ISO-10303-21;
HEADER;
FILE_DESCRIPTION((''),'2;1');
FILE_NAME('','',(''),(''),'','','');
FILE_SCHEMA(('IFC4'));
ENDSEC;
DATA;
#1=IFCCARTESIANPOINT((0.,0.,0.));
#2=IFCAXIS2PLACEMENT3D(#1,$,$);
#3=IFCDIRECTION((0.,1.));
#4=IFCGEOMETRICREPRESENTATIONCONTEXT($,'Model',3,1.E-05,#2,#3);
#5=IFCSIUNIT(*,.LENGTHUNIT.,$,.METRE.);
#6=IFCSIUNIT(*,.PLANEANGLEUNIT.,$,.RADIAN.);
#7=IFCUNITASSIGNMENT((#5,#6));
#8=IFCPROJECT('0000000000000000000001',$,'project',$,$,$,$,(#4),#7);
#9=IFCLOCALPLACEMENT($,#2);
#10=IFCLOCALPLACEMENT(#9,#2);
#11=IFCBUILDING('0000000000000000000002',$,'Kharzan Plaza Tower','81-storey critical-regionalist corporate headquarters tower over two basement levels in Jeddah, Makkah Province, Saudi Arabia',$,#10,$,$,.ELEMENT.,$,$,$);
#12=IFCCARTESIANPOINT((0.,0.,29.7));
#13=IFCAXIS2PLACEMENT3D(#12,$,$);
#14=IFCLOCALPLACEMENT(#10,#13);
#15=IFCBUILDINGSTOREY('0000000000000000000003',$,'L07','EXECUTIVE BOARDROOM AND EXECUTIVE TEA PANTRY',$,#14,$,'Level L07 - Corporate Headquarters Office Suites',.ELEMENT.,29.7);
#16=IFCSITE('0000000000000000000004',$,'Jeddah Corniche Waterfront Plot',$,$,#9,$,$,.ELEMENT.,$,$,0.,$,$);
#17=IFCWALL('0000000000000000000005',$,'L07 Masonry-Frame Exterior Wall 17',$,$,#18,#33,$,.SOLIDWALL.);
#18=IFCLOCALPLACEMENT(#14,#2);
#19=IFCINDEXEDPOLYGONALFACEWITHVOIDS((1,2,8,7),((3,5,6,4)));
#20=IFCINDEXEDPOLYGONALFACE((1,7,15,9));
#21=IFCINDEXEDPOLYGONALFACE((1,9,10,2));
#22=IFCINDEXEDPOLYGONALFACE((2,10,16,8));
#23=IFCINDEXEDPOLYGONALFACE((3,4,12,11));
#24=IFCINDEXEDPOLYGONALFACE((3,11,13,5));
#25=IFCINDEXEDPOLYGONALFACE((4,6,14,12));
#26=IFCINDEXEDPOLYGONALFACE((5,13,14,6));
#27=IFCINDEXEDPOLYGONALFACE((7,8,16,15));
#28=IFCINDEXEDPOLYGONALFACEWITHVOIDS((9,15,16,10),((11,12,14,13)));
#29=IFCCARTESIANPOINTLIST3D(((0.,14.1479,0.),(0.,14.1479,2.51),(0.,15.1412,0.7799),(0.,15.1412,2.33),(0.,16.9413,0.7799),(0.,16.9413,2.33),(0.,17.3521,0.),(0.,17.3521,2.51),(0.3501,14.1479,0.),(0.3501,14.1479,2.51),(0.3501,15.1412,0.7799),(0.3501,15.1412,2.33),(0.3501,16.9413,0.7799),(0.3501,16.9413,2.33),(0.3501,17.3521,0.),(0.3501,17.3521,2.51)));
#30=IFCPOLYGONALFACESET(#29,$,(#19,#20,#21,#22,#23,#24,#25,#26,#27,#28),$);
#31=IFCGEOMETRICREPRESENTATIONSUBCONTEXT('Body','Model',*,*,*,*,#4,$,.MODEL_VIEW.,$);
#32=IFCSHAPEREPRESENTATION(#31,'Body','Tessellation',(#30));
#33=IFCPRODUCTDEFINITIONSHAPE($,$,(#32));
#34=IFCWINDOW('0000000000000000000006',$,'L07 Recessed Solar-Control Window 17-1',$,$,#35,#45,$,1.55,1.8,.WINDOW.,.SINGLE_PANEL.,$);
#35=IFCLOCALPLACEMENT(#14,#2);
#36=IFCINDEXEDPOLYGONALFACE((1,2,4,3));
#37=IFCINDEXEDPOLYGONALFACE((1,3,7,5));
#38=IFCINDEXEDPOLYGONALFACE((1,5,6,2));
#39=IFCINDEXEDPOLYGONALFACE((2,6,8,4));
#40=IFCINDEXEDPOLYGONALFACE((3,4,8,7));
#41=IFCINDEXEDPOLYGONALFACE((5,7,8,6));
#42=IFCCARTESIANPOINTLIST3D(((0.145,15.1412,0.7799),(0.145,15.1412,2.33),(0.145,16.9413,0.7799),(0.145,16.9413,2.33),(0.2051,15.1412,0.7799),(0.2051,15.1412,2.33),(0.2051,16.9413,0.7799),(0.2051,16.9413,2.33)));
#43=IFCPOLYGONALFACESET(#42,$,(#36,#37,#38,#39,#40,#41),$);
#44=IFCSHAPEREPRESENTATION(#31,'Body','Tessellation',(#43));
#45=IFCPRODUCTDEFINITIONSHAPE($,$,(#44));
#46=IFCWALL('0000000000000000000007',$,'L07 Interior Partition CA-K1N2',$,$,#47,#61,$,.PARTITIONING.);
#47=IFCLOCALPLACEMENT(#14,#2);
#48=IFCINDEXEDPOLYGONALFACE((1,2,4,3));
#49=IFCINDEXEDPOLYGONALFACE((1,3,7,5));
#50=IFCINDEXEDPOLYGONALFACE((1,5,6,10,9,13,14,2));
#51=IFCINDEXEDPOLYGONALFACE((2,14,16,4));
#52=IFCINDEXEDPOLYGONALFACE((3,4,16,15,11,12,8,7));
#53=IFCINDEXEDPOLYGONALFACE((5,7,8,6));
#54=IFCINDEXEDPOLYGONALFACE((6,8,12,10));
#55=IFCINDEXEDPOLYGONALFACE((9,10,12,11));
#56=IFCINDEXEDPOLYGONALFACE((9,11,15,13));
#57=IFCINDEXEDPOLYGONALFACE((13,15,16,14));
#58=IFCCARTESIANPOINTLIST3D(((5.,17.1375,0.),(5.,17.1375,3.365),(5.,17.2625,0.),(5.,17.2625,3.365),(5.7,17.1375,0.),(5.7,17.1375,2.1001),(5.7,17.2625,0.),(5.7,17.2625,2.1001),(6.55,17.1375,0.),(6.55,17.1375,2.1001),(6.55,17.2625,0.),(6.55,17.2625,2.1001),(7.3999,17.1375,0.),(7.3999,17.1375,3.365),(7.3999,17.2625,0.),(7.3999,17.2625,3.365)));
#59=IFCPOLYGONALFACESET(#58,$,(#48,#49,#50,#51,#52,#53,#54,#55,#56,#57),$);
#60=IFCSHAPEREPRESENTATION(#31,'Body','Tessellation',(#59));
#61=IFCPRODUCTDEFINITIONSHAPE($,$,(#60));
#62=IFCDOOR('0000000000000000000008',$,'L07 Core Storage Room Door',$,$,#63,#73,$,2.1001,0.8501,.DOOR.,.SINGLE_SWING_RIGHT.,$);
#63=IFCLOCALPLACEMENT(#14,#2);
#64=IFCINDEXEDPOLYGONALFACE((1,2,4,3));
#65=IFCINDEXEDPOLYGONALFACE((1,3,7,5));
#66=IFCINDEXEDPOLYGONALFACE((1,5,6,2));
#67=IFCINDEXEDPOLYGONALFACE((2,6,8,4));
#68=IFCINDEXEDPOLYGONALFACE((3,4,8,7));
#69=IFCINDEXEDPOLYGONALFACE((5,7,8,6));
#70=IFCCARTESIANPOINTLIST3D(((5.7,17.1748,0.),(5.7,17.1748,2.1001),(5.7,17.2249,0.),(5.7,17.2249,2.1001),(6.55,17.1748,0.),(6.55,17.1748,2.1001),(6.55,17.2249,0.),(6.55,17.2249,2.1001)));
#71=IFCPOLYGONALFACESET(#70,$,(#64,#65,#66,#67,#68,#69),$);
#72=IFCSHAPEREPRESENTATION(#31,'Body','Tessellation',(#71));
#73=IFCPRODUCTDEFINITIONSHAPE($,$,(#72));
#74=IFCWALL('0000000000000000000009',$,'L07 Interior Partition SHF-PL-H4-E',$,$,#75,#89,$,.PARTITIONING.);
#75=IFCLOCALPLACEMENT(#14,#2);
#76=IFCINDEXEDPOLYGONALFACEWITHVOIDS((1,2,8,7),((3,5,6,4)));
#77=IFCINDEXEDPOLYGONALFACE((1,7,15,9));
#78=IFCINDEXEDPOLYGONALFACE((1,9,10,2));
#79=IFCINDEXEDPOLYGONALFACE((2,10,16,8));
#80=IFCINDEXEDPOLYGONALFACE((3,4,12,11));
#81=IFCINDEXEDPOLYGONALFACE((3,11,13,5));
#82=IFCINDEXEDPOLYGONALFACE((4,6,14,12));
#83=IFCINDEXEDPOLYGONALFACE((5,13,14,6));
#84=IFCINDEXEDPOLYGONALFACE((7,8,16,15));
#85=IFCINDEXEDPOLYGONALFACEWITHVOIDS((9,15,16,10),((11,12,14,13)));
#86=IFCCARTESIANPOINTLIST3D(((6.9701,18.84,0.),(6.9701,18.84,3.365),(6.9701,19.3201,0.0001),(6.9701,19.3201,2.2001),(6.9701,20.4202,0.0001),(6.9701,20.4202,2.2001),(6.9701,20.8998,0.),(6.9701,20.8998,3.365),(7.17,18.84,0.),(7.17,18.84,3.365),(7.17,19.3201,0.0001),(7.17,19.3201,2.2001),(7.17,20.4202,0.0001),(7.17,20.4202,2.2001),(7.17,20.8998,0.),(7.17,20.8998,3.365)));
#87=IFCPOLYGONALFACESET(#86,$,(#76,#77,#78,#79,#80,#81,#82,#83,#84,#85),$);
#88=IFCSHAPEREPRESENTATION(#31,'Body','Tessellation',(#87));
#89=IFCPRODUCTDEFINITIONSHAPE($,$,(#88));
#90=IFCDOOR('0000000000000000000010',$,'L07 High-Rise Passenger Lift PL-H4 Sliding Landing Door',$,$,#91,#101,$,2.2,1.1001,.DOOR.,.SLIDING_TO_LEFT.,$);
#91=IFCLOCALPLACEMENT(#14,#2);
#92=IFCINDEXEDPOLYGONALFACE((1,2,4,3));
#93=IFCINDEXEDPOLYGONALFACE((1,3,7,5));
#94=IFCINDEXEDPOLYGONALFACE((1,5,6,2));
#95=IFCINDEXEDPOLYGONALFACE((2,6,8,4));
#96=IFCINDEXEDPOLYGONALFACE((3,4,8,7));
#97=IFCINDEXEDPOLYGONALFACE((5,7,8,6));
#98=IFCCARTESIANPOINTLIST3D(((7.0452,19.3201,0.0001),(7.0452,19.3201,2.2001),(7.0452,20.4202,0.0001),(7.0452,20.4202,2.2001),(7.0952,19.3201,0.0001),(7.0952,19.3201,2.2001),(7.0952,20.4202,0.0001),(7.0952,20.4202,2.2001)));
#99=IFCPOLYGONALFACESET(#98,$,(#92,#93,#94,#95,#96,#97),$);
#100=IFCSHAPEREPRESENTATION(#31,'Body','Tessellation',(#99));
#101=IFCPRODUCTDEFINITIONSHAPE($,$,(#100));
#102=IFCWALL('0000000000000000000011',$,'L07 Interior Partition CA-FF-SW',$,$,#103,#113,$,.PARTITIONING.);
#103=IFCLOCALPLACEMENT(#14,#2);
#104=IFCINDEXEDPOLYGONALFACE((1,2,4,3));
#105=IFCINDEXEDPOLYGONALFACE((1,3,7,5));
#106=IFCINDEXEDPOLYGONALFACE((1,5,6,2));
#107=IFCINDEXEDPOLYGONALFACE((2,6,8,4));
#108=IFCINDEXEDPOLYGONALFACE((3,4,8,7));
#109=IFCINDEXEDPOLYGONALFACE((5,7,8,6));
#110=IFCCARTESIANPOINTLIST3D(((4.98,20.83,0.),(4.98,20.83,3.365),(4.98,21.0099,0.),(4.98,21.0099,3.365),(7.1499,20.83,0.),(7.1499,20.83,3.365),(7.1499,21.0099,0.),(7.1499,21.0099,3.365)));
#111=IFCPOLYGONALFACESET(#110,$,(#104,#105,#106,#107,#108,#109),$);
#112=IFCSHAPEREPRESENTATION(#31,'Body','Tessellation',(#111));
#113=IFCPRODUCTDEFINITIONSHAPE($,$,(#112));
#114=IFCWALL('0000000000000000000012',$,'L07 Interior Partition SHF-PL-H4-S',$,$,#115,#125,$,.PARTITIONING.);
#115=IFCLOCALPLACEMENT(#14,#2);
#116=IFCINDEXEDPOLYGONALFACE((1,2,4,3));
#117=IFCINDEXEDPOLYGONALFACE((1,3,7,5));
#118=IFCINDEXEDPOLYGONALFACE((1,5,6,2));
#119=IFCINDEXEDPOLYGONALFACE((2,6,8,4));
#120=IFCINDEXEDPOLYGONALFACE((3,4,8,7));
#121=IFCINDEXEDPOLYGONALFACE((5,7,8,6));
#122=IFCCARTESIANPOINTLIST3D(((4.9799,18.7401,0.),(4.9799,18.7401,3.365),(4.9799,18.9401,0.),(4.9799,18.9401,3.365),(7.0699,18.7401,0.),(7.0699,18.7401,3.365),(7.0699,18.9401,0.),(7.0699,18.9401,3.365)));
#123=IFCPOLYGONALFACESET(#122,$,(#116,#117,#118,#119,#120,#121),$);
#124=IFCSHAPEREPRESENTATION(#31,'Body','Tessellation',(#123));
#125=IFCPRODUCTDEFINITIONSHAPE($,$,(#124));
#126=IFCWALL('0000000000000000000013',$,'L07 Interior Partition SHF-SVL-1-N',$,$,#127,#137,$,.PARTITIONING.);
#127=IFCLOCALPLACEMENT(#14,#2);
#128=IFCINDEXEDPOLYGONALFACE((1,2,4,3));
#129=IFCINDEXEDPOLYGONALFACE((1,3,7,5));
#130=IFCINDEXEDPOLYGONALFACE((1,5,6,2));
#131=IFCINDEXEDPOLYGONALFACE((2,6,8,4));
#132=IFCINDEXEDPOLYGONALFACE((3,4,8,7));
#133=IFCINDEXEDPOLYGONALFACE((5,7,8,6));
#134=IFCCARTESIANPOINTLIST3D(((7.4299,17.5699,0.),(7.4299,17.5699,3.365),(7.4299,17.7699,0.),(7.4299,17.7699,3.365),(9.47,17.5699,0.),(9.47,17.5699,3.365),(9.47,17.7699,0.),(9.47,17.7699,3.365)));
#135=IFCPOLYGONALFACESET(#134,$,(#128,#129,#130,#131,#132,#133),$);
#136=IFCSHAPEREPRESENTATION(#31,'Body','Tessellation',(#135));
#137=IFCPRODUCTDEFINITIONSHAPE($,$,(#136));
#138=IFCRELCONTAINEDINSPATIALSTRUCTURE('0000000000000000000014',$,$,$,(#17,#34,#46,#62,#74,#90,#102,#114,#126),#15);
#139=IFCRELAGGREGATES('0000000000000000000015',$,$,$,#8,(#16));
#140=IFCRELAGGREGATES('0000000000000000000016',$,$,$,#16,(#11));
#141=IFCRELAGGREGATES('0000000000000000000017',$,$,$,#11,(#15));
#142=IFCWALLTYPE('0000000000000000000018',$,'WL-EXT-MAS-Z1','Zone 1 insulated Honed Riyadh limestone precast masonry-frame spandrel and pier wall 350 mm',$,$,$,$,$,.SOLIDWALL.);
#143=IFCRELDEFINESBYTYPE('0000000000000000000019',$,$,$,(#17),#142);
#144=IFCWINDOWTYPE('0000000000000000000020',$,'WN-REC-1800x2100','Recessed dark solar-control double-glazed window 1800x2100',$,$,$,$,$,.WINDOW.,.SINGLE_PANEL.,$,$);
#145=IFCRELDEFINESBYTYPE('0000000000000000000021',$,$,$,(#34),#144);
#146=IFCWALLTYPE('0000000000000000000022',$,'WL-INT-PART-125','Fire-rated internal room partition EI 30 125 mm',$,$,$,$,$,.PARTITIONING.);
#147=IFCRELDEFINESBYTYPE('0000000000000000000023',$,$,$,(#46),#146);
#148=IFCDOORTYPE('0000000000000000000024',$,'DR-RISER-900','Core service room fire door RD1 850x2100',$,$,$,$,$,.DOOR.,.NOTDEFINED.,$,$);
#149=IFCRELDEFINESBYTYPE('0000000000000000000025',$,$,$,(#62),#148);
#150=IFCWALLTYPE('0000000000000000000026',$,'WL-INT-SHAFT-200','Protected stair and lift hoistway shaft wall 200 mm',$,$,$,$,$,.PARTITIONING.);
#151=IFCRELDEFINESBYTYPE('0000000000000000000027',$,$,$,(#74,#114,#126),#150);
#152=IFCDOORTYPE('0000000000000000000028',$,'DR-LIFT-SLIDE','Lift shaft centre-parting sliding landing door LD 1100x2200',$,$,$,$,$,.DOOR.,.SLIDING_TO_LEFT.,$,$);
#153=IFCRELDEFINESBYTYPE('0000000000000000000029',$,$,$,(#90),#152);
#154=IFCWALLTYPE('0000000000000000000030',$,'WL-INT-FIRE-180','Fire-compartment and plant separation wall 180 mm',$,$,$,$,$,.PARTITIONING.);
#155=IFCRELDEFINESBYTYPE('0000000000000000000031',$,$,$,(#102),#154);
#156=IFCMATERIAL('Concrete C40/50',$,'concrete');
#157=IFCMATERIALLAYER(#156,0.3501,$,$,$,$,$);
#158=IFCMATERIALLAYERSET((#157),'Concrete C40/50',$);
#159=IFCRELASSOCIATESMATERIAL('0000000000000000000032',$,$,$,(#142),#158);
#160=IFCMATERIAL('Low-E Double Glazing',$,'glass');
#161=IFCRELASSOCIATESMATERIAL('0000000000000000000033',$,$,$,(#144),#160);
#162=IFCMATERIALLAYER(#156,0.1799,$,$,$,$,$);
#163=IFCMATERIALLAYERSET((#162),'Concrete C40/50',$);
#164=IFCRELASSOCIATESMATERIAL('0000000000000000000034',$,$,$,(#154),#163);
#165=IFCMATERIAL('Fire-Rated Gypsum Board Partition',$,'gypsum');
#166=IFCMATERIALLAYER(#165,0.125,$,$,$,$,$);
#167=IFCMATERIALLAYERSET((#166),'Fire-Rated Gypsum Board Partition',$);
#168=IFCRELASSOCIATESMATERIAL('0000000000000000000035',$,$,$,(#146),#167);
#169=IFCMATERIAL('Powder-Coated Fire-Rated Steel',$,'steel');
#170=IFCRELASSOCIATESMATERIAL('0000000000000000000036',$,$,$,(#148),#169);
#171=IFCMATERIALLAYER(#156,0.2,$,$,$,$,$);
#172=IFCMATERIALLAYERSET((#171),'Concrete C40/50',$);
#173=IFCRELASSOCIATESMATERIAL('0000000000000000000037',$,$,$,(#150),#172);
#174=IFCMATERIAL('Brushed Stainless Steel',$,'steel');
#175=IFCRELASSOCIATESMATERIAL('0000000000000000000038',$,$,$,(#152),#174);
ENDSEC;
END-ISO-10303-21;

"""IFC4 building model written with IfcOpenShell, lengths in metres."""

from ifc_helpers import new_model, si_unit, direction, frame, frame_2d, origin, place, context, subcontext, project, spatial, rectangle, extrude, source, transform, mapped, material, layer, layer_set, type_object, element, fill, save


model = new_model("IFC4")

# Units and contexts
model_context = context("Model", 3, precision=1e-05, world=origin(), true_north=direction((0.0, 1.0)))
body_context = subcontext(model_context, "Body", "Model", "MODEL_VIEW")
ifc_project = project(units=[si_unit("LENGTHUNIT", "METRE"), si_unit("PLANEANGLEUNIT", "RADIAN")], contexts=[model_context])

# Site, building, storey
site_placement = place(None, origin())
site = spatial("IfcSite", under=ifc_project, at=site_placement, Name="Jeddah Corniche Waterfront Plot", CompositionType="ELEMENT", RefElevation=0.0)
building_placement = place(site_placement, origin())
building = spatial("IfcBuilding", under=site, at=building_placement, Name="Kharzan Plaza Tower", Description="81-storey critical-regionalist corporate headquarters tower over two basement levels in Jeddah, Makkah Province, Saudi Arabia", CompositionType="ELEMENT")
storey_placement = place(building_placement, frame((0.0, 0.0, 29.7)))
storey = spatial("IfcBuildingStorey", under=building, at=storey_placement, Name="L07", Description="EXECUTIVE BOARDROOM AND EXECUTIVE TEA PANTRY", LongName="Level L07 - Corporate Headquarters Office Suites", CompositionType="ELEMENT", Elevation=29.7)

# Wall, opening, window
ifc_material_1 = material(Name="Concrete C40/50", Category="concrete")
ifc_layer_1 = layer(ifc_material_1, 0.3501)
ifc_layer_set_1 = layer_set([ifc_layer_1], Name="Concrete C40/50")
wall_type_1 = type_object("IfcWallType", Name="WL-EXT-MAS-Z1", Description="Zone 1 insulated Honed Riyadh limestone precast masonry-frame spandrel and pier wall 350 mm", PredefinedType="SOLIDWALL", material=ifc_layer_set_1)
ifc_material_2 = material(Name="Low-E Double Glazing", Category="glass")
window_type = type_object("IfcWindowType", Name="WN-REC-1800x2100", Description="Recessed dark solar-control double-glazed window 1800x2100", PartitioningType="SINGLE_PANEL", PredefinedType="WINDOW", material=ifc_material_2)
shared_shape_1 = source(origin(), body_context, "Body", "SweptSolid", [
    extrude(rectangle(XDim=1.8, YDim=1.55, at=frame_2d((0.8999, 0.7749))), frame((0.0, 0.03, 0.0), z_axis=(0.0, -1.0, 0.0), x_axis=(1.0, 0.0, 0.0)), (0.0, 0.0, 1.0), 0.0601),
])
wall_1_placement = place(storey_placement, frame((0.175, 17.3521, 0.0), z_axis=(0.0, 0.0, 1.0), x_axis=(0.0, -1.0, 0.0)))
wall_1 = element("IfcWall", 1, at=wall_1_placement, inside=storey, type_object=wall_type_1, Name="L07 Masonry-Frame Exterior Wall 17", PredefinedType="SOLIDWALL", context=body_context, shape_type="SweptSolid", body=[
    extrude(rectangle(XDim=3.2041, YDim=0.3501, at=frame_2d((1.6021, 0.0))), origin(), (0.0, 0.0, 1.0), 2.51),
])
opening_1_placement = place(wall_1_placement, frame((0.4109, 0.0, 0.78)))
opening_1 = element("IfcOpeningElement", 2, at=opening_1_placement, cuts=wall_1, PredefinedType="OPENING", context=body_context, shape_type="SweptSolid", body=[
    extrude(rectangle(XDim=1.8, YDim=1.55, at=frame_2d((0.8999, 0.7749))), frame((0.0, 0.1851, 0.0), z_axis=(0.0, -1.0, 0.0), x_axis=(1.0, 0.0, 0.0)), (0.0, 0.0, 1.0), 0.3701),
])
window_1_placement = place(opening_1_placement, origin())
window_1 = element("IfcWindow", 3, at=window_1_placement, inside=storey, type_object=window_type, Name="L07 Recessed Solar-Control Window 17-1", OverallHeight=1.55, OverallWidth=1.8, PartitioningType="SINGLE_PANEL", PredefinedType="WINDOW", context=body_context, shape_type="MappedRepresentation", body=[
    mapped(shared_shape_1, transform((0.0, 0.0, 0.0), x_axis=(1.0, 0.0, 0.0), y_axis=(0.0, 1.0, 0.0), z_axis=(0.0, 0.0, 1.0))),
])
fill(opening_1, window_1)

# Walls, openings, doors
ifc_layer_2 = layer(ifc_material_1, 0.1799)
ifc_layer_set_2 = layer_set([ifc_layer_2], Name="Concrete C40/50")
wall_type_2 = type_object("IfcWallType", Name="WL-INT-FIRE-180", Description="Fire-compartment and plant separation wall 180 mm", PredefinedType="PARTITIONING", material=ifc_layer_set_2)
ifc_material_3 = material(Name="Fire-Rated Gypsum Board Partition", Category="gypsum")
ifc_layer_3 = layer(ifc_material_3, 0.125)
ifc_layer_set_3 = layer_set([ifc_layer_3], Name="Fire-Rated Gypsum Board Partition")
wall_type_3 = type_object("IfcWallType", Name="WL-INT-PART-125", Description="Fire-rated internal room partition EI 30 125 mm", PredefinedType="PARTITIONING", material=ifc_layer_set_3)
wall_2_placement = place(storey_placement, frame((5.0, 17.2, 0.0), z_axis=(0.0, 0.0, 1.0), x_axis=(1.0, 0.0, 0.0)))
wall_2 = element("IfcWall", 4, at=wall_2_placement, inside=storey, type_object=wall_type_3, Name="L07 Interior Partition CA-K1N2", PredefinedType="PARTITIONING", context=body_context, shape_type="SweptSolid", body=[
    extrude(rectangle(XDim=2.3999, YDim=0.125, at=frame_2d((1.2, 0.0))), origin(), (0.0, 0.0, 1.0), 3.365),
])
opening_2_placement = place(wall_2_placement, frame((0.7, 0.0, 0.0)))
opening_2 = element("IfcOpeningElement", 5, at=opening_2_placement, cuts=wall_2, PredefinedType="OPENING", context=body_context, shape_type="SweptSolid", body=[
    extrude(rectangle(XDim=0.8501, YDim=2.1001, at=frame_2d((0.425, 1.05))), frame((0.0, 0.0725, 0.0), z_axis=(0.0, -1.0, 0.0), x_axis=(1.0, 0.0, 0.0)), (0.0, 0.0, 1.0), 0.145),
])
ifc_material_4 = material(Name="Powder-Coated Fire-Rated Steel", Category="steel")
door_type_1 = type_object("IfcDoorType", Name="DR-RISER-900", Description="Core service room fire door RD1 850x2100", OperationType="NOTDEFINED", PredefinedType="DOOR", material=ifc_material_4)
shared_shape_2 = source(origin(), body_context, "Body", "SweptSolid", [
    extrude(rectangle(XDim=0.8501, YDim=2.1001, at=frame_2d((0.425, 1.05))), frame((0.0, 0.0249, 0.0), z_axis=(0.0, -1.0, 0.0), x_axis=(1.0, 0.0, 0.0)), (0.0, 0.0, 1.0), 0.05),
])
door_1_placement = place(opening_2_placement, origin())
door_1 = element("IfcDoor", 6, at=door_1_placement, inside=storey, type_object=door_type_1, Name="L07 Core Storage Room Door", OperationType="SINGLE_SWING_RIGHT", OverallHeight=2.1001, OverallWidth=0.8501, PredefinedType="DOOR", context=body_context, shape_type="MappedRepresentation", body=[
    mapped(shared_shape_2, transform((0.0, 0.0, 0.0), x_axis=(1.0, 0.0, 0.0), y_axis=(0.0, 1.0, 0.0), z_axis=(0.0, 0.0, 1.0))),
])
fill(opening_2, door_1)
ifc_layer_4 = layer(ifc_material_1, 0.2)
ifc_layer_set_4 = layer_set([ifc_layer_4], Name="Concrete C40/50")
wall_type_4 = type_object("IfcWallType", Name="WL-INT-SHAFT-200", Description="Protected stair and lift hoistway shaft wall 200 mm", PredefinedType="PARTITIONING", material=ifc_layer_set_4)
wall_3_placement = place(storey_placement, frame((7.0701, 18.8401, 0.0), z_axis=(0.0, 0.0, 1.0), x_axis=(0.0, 1.0, 0.0)))
wall_3 = element("IfcWall", 7, at=wall_3_placement, inside=storey, type_object=wall_type_4, Name="L07 Interior Partition SHF-PL-H4-E", PredefinedType="PARTITIONING", context=body_context, shape_type="SweptSolid", body=[
    extrude(rectangle(XDim=2.0598, YDim=0.2, at=frame_2d((1.0298, 0.0))), origin(), (0.0, 0.0, 1.0), 3.365),
])
opening_3_placement = place(wall_3_placement, frame((0.48, 0.0, 0.0)))
opening_3 = element("IfcOpeningElement", 8, at=opening_3_placement, cuts=wall_3, PredefinedType="OPENING", context=body_context, shape_type="SweptSolid", body=[
    extrude(rectangle(XDim=1.1001, YDim=2.2, at=frame_2d((0.55, 1.1001))), frame((0.0, 0.1099, 0.0), z_axis=(0.0, -1.0, 0.0), x_axis=(1.0, 0.0, 0.0)), (0.0, 0.0, 1.0), 0.22),
])
ifc_material_5 = material(Name="Brushed Stainless Steel", Category="steel")
door_type_2 = type_object("IfcDoorType", Name="DR-LIFT-SLIDE", Description="Lift shaft centre-parting sliding landing door LD 1100x2200", OperationType="SLIDING_TO_LEFT", PredefinedType="DOOR", material=ifc_material_5)
shared_shape_3 = source(origin(), body_context, "Body", "SweptSolid", [
    extrude(rectangle(XDim=1.1001, YDim=2.2, at=frame_2d((0.55, 1.1001))), frame((0.0, 0.0249, 0.0), z_axis=(0.0, -1.0, 0.0), x_axis=(1.0, 0.0, 0.0)), (0.0, 0.0, 1.0), 0.05),
])
door_2_placement = place(opening_3_placement, origin())
door_2 = element("IfcDoor", 9, at=door_2_placement, inside=storey, type_object=door_type_2, Name="L07 High-Rise Passenger Lift PL-H4 Sliding Landing Door", OperationType="SLIDING_TO_LEFT", OverallHeight=2.2, OverallWidth=1.1001, PredefinedType="DOOR", context=body_context, shape_type="MappedRepresentation", body=[
    mapped(shared_shape_3, transform((0.0, 0.0, 0.0), x_axis=(1.0, 0.0, 0.0), y_axis=(0.0, 1.0, 0.0), z_axis=(0.0, 0.0, 1.0))),
])
fill(opening_3, door_2)

# Walls
shared_shape_4 = source(origin(), body_context, "Body", "SweptSolid", [
    extrude(rectangle(XDim=2.1699, YDim=0.1799, at=frame_2d((1.085, 0.0))), origin(), (0.0, 0.0, 1.0), 3.365),
])
wall_4_placement = place(storey_placement, frame((4.98, 20.9199, 0.0), z_axis=(0.0, 0.0, 1.0), x_axis=(1.0, 0.0, 0.0)))
element("IfcWall", 10, at=wall_4_placement, inside=storey, type_object=wall_type_2, Name="L07 Interior Partition CA-FF-SW", PredefinedType="PARTITIONING", context=body_context, shape_type="MappedRepresentation", body=[
    mapped(shared_shape_4, transform((0.0, 0.0, 0.0), x_axis=(1.0, 0.0, 0.0), y_axis=(0.0, 1.0, 0.0), z_axis=(0.0, 0.0, 1.0))),
])
shared_shape_5 = source(origin(), body_context, "Body", "SweptSolid", [
    extrude(rectangle(XDim=2.0901, YDim=0.2, at=frame_2d((1.0449, 0.0))), origin(), (0.0, 0.0, 1.0), 3.365),
])
wall_5_placement = place(storey_placement, frame((4.98, 18.8401, 0.0), z_axis=(0.0, 0.0, 1.0), x_axis=(1.0, 0.0, 0.0)))
element("IfcWall", 11, at=wall_5_placement, inside=storey, type_object=wall_type_4, Name="L07 Interior Partition SHF-PL-H4-S", PredefinedType="PARTITIONING", context=body_context, shape_type="MappedRepresentation", body=[
    mapped(shared_shape_5, transform((0.0, 0.0, 0.0), x_axis=(1.0, 0.0, 0.0), y_axis=(0.0, 1.0, 0.0), z_axis=(0.0, 0.0, 1.0))),
])
shared_shape_6 = source(origin(), body_context, "Body", "SweptSolid", [
    extrude(rectangle(XDim=2.04, YDim=0.2, at=frame_2d((1.02, 0.0))), origin(), (0.0, 0.0, 1.0), 3.365),
])
wall_6_placement = place(storey_placement, frame((7.4299, 17.6699, 0.0), z_axis=(0.0, 0.0, 1.0), x_axis=(1.0, 0.0, 0.0)))
element("IfcWall", 12, at=wall_6_placement, inside=storey, type_object=wall_type_4, Name="L07 Interior Partition SHF-SVL-1-N", PredefinedType="PARTITIONING", context=body_context, shape_type="MappedRepresentation", body=[
    mapped(shared_shape_6, transform((0.0, 0.0, 0.0), x_axis=(1.0, 0.0, 0.0), y_axis=(0.0, 1.0, 0.0), z_axis=(0.0, 0.0, 1.0))),
])

save(model, "model.ifc")
